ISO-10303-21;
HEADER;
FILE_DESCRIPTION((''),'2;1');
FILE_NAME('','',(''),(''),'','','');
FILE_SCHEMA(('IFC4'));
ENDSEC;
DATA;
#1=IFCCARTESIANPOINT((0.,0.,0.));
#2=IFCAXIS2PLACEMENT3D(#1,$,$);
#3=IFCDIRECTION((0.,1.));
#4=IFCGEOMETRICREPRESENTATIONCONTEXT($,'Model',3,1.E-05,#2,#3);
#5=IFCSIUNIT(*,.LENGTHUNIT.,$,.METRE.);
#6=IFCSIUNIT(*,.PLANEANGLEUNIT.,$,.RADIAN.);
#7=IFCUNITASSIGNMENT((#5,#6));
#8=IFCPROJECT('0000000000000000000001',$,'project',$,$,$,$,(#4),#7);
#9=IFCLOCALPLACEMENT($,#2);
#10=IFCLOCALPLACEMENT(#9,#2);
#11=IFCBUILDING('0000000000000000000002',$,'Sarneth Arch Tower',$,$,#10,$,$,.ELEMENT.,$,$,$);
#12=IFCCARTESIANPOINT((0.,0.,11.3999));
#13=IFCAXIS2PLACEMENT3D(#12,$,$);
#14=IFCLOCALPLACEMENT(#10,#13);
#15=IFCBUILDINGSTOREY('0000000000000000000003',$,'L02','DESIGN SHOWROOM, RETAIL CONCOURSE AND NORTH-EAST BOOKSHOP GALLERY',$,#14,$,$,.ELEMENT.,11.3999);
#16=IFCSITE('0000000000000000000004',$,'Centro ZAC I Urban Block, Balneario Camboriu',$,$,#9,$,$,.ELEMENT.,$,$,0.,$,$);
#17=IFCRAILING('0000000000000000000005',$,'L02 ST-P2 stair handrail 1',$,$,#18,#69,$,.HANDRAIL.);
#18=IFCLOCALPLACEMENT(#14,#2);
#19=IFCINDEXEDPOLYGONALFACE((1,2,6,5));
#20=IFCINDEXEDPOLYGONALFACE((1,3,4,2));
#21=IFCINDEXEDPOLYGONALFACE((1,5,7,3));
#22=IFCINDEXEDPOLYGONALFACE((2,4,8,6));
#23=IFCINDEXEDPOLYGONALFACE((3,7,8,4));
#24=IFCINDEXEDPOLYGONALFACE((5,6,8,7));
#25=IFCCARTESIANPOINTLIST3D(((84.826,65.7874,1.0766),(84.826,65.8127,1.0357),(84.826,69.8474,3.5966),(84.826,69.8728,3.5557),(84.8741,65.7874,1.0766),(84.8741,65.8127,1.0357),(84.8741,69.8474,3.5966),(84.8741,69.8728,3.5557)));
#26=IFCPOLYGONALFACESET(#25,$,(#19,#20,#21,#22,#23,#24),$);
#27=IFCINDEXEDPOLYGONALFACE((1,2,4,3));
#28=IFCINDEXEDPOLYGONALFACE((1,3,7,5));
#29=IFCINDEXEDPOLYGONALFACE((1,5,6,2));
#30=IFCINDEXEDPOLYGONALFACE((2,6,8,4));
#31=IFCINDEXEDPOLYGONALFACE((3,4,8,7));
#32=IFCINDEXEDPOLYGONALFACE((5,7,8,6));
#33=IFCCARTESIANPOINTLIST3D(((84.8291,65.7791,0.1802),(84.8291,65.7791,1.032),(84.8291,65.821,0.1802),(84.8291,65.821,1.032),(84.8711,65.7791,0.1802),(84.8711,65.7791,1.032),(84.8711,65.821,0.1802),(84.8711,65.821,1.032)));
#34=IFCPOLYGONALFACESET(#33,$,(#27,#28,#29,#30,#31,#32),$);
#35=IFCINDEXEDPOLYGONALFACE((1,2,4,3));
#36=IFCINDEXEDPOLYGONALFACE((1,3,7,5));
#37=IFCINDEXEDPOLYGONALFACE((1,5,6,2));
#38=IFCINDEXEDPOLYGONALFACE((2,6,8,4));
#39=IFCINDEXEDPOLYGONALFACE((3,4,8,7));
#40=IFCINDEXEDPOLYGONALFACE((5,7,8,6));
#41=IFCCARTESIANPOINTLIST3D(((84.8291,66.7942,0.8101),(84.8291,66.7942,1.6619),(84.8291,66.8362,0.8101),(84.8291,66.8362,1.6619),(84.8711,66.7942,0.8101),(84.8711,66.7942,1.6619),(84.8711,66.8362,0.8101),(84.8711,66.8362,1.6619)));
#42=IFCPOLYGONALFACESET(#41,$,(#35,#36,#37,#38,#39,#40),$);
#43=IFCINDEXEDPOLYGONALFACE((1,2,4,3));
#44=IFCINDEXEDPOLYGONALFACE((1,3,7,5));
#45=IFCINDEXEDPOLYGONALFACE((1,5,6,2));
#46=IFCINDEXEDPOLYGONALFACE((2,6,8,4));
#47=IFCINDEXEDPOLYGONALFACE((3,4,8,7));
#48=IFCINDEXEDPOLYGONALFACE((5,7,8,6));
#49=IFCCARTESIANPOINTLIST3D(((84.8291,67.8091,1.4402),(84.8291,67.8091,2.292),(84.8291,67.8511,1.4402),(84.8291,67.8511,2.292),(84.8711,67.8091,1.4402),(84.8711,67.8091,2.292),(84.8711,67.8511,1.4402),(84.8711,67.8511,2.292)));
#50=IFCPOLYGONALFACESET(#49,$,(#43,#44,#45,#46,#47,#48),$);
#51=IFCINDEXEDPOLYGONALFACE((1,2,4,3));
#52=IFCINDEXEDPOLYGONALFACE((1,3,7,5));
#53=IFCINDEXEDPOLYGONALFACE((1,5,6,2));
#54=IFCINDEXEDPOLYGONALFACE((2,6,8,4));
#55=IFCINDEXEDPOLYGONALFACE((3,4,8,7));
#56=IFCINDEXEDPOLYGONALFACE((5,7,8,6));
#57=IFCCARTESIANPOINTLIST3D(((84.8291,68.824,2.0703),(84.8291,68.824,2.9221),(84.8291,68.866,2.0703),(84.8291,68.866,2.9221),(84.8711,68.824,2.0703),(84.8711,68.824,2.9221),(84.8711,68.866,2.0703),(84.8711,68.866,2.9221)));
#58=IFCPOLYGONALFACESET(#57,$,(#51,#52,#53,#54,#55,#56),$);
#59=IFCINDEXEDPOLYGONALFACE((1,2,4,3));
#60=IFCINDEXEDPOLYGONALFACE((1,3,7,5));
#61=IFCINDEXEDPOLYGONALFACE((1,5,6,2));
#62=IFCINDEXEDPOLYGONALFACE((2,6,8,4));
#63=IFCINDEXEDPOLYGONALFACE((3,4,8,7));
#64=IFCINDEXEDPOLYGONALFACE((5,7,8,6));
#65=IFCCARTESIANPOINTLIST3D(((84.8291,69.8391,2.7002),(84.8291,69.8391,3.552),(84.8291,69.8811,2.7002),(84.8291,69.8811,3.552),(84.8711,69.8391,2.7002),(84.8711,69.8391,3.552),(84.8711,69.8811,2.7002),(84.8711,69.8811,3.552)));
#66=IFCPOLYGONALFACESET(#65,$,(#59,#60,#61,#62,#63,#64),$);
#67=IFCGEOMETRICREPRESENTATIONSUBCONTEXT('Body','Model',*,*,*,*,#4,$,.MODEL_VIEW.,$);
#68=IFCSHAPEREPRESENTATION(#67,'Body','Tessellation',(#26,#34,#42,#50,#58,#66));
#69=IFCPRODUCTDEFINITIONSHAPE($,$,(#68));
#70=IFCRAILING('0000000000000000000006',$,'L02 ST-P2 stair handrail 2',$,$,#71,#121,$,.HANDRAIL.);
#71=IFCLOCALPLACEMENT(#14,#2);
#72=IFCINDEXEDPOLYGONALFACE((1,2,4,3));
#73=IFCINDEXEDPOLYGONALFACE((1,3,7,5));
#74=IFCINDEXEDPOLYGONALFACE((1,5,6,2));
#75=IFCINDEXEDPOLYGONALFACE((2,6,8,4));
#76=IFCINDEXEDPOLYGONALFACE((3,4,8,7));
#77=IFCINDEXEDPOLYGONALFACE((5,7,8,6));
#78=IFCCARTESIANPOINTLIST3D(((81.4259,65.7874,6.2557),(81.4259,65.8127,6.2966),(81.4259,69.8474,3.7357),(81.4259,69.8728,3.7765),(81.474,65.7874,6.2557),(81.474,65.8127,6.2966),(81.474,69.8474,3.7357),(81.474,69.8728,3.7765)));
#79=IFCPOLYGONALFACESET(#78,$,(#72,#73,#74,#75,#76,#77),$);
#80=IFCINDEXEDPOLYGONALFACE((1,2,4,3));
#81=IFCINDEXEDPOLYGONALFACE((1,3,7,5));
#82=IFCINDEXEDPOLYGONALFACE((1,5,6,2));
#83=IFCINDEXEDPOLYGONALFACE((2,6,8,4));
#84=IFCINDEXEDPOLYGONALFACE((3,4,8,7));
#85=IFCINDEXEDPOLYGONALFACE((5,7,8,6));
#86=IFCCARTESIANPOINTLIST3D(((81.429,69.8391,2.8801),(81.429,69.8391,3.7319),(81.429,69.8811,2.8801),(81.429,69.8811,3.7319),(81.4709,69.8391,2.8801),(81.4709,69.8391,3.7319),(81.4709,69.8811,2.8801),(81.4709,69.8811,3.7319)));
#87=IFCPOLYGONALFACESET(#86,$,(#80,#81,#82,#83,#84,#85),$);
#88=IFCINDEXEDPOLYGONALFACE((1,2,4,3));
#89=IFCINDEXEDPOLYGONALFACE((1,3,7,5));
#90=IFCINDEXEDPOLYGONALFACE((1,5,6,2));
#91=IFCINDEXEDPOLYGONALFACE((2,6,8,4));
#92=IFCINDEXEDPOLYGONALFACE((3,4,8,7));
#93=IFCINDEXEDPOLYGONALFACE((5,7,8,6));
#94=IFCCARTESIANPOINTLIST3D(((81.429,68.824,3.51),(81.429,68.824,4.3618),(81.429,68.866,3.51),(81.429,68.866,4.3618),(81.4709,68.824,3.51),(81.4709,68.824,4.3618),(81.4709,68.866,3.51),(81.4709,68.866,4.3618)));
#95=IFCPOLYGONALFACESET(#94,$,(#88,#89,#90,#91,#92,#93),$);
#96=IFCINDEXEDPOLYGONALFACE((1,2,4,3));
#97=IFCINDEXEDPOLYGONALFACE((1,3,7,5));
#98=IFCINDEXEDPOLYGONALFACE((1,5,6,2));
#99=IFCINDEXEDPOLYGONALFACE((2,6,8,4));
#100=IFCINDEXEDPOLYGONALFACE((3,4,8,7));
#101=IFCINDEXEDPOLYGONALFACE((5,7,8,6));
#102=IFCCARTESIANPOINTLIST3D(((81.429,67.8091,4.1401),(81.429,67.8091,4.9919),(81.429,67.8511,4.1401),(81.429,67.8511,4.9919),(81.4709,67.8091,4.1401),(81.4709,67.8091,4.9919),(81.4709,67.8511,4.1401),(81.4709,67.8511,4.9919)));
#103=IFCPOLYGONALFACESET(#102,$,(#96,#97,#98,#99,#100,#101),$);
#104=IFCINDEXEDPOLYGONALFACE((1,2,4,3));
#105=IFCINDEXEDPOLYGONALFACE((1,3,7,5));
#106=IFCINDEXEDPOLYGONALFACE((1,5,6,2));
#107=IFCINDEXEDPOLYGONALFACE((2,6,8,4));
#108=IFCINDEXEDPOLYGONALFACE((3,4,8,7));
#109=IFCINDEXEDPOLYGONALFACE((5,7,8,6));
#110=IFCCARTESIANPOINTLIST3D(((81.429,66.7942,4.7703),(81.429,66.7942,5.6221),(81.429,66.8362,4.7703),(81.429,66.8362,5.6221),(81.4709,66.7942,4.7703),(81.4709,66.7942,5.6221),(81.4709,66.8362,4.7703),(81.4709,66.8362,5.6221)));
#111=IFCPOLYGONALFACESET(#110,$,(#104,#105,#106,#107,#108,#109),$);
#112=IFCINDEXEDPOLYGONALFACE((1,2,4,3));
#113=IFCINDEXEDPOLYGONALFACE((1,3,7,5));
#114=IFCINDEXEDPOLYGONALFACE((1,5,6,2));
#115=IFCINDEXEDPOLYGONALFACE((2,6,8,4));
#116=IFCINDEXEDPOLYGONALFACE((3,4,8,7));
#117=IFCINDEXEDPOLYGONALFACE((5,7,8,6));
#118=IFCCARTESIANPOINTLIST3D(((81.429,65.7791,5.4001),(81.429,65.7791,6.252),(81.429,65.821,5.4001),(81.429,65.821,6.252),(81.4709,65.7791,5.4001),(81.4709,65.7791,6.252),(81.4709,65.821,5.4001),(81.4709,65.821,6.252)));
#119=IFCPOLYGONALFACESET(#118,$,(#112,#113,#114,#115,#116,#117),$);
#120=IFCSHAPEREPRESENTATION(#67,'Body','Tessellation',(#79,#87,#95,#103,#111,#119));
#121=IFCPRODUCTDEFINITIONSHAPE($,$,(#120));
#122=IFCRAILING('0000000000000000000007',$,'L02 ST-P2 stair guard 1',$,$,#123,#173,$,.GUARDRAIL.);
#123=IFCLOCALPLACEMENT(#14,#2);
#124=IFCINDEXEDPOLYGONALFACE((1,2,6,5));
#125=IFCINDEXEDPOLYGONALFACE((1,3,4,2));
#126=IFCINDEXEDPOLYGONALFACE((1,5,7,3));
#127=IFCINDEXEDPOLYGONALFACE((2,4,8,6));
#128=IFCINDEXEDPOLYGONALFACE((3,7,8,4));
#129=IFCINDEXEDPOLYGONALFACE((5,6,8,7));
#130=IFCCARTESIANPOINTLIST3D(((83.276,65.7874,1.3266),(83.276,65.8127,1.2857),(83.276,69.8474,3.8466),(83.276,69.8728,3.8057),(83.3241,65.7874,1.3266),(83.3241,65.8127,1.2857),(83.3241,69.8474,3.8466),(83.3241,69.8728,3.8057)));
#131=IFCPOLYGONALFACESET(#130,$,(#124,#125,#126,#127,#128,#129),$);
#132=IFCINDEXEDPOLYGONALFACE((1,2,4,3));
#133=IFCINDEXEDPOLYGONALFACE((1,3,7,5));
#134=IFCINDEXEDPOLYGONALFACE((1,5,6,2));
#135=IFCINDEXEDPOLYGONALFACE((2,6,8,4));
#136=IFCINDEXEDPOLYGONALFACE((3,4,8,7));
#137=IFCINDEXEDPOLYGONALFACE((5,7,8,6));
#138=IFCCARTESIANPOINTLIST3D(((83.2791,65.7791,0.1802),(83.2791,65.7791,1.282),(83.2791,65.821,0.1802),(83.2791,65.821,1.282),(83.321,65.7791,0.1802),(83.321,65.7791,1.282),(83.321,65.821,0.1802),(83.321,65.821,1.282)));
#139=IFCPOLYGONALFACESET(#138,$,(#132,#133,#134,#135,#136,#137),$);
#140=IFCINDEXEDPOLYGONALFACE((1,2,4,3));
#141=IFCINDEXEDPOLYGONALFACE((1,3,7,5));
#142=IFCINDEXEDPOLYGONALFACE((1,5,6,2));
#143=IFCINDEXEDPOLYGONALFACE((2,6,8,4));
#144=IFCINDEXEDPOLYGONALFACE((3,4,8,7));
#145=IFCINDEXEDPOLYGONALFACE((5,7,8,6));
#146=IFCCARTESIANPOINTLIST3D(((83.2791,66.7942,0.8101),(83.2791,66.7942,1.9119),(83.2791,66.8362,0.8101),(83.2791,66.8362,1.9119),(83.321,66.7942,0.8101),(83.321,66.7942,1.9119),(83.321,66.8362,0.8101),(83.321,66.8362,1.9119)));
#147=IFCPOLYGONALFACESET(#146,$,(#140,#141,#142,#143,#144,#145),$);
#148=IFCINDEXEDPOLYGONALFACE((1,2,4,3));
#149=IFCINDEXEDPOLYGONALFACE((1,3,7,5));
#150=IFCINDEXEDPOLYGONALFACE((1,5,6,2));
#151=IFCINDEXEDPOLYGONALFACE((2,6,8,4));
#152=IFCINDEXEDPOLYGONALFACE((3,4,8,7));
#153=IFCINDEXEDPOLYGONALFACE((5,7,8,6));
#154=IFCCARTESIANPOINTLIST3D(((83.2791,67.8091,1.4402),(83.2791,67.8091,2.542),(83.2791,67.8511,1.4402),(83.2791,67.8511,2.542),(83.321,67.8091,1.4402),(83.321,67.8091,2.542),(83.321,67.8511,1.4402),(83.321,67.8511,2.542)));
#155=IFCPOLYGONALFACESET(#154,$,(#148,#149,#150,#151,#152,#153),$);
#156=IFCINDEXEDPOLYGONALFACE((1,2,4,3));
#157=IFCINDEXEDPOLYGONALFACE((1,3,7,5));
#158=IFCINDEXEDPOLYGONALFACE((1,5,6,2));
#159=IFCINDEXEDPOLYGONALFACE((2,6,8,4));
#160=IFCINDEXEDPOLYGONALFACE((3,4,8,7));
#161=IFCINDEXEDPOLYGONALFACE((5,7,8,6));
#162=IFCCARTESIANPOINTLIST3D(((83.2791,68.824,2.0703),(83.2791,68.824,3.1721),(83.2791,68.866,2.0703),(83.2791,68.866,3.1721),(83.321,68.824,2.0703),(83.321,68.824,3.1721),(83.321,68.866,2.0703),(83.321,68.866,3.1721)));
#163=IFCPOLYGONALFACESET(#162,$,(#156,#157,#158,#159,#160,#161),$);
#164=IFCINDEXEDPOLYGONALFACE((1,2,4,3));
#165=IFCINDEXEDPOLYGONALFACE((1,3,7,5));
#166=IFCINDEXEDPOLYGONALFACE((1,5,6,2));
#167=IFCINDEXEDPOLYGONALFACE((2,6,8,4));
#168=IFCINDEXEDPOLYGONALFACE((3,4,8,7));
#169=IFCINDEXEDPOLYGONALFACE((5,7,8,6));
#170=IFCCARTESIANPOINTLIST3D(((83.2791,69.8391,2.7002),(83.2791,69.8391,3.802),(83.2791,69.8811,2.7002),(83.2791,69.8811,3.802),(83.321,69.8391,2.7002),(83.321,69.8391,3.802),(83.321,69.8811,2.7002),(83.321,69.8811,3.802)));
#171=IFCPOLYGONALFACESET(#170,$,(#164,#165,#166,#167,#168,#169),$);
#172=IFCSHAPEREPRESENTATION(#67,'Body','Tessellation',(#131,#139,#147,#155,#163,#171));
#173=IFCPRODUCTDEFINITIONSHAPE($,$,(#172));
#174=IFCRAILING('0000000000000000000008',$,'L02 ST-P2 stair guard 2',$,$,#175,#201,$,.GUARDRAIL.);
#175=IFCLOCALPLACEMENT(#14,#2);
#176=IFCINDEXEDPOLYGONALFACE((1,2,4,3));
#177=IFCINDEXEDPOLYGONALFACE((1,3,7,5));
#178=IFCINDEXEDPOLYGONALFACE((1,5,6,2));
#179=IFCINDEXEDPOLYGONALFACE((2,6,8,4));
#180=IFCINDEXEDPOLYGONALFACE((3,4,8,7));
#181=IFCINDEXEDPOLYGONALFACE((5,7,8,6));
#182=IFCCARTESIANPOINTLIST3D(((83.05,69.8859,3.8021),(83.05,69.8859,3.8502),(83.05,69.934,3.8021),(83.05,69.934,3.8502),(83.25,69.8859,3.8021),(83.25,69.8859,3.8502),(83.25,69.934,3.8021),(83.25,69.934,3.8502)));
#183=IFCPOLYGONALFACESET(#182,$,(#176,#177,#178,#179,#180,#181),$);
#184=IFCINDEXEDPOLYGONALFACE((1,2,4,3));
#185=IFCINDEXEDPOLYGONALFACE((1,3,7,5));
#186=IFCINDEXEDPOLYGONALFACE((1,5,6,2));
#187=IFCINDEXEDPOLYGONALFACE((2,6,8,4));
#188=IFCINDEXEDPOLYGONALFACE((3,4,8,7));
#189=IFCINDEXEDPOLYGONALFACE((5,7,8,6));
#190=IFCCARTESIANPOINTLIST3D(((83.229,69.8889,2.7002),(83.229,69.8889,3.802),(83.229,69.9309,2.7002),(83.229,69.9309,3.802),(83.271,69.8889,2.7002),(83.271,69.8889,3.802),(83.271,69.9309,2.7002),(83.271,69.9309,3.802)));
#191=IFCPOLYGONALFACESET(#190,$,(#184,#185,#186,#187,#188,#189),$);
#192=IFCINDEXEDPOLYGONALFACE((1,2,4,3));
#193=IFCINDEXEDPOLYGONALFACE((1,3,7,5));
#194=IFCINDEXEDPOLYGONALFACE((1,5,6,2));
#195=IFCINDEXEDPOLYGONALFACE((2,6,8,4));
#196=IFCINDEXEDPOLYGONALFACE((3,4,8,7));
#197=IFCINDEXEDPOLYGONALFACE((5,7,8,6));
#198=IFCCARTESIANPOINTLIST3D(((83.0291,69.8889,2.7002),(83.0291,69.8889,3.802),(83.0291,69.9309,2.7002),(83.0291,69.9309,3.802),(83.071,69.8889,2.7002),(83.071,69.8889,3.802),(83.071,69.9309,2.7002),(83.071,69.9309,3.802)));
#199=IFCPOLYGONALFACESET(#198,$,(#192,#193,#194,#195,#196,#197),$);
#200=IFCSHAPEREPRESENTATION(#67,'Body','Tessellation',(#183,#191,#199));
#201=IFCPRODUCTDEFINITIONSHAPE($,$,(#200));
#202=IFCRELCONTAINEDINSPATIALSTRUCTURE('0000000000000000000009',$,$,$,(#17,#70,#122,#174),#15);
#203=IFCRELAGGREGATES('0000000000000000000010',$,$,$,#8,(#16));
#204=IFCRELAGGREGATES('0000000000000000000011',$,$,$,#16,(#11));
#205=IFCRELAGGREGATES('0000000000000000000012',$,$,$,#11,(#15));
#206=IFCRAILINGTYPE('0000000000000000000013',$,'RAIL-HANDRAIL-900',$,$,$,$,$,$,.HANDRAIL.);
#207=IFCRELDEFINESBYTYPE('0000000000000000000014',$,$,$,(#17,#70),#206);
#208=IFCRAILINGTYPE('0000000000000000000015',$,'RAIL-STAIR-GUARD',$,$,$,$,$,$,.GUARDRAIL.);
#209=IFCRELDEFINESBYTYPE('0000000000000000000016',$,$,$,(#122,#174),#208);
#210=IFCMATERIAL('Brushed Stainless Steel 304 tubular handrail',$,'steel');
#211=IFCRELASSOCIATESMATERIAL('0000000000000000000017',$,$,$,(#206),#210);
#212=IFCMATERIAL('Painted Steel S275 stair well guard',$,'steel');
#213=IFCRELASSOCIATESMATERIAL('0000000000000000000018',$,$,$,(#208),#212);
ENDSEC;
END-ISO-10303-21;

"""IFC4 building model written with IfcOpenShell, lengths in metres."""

from ifc_helpers import new_model, si_unit, direction, frame, origin, origin_2d, place, context, subcontext, project, spatial, rectangle, extrude, material, type_object, element, save


model = new_model("IFC4")

# Units and contexts
model_context = context("Model", 3, precision=1e-05, world=origin(), true_north=direction((0.0, 1.0)))
body_context = subcontext(model_context, "Body", "Model", "MODEL_VIEW")
ifc_project = project(units=[si_unit("LENGTHUNIT", "METRE"), si_unit("PLANEANGLEUNIT", "RADIAN")], contexts=[model_context])

# Site, building, storey
site_placement = place(None, origin())
site = spatial("IfcSite", under=ifc_project, at=site_placement, Name="Centro ZAC I Urban Block, Balneario Camboriu", CompositionType="ELEMENT", RefElevation=0.0)
building_placement = place(site_placement, origin())
building = spatial("IfcBuilding", under=site, at=building_placement, Name="Sarneth Arch Tower", CompositionType="ELEMENT")
storey_placement = place(building_placement, frame((0.0, 0.0, 11.3999)))
storey = spatial("IfcBuildingStorey", under=building, at=storey_placement, Name="L02", Description="DESIGN SHOWROOM, RETAIL CONCOURSE AND NORTH-EAST BOOKSHOP GALLERY", CompositionType="ELEMENT", Elevation=11.3999)

# Railings
ifc_material_1 = material(Name="Brushed Stainless Steel 304 tubular handrail", Category="steel")
railing_type_1 = type_object("IfcRailingType", Name="RAIL-HANDRAIL-900", PredefinedType="HANDRAIL", material=ifc_material_1)
railing_1_placement = place(storey_placement, frame((84.8501, 65.8, 0.1802)))
element("IfcRailing", 1, at=railing_1_placement, inside=storey, type_object=railing_type_1, Name="L02 ST-P2 stair handrail 1", PredefinedType="HANDRAIL", context=body_context, shape_type="SweptSolid", body=[
    extrude(rectangle(XDim=0.0481, YDim=0.0481, at=origin_2d()), frame((0.0, 0.0, 0.876), z_axis=(0.0, 0.849642, 0.52736), x_axis=(-1.0, 0.0, 0.0)), (0.0, 0.0, 1.0), 4.7786),
    extrude(rectangle(XDim=0.042, YDim=0.042, at=origin_2d()), origin(), (0.0, 0.0, 1.0), 0.8518),
    extrude(rectangle(XDim=0.042, YDim=0.042, at=origin_2d()), frame((0.0, 1.0151, 0.6299)), (0.0, 0.0, 1.0), 0.8518),
    extrude(rectangle(XDim=0.042, YDim=0.042, at=origin_2d()), frame((0.0, 2.03, 1.26)), (0.0, 0.0, 1.0), 0.8518),
    extrude(rectangle(XDim=0.042, YDim=0.042, at=origin_2d()), frame((0.0, 3.0449, 1.8901)), (0.0, 0.0, 1.0), 0.8518),
    extrude(rectangle(XDim=0.042, YDim=0.042, at=origin_2d()), frame((0.0, 4.0601, 2.52)), (0.0, 0.0, 1.0), 0.8518),
])
railing_2_placement = place(storey_placement, frame((81.45, 69.8601, 2.8801)))
element("IfcRailing", 2, at=railing_2_placement, inside=storey, type_object=railing_type_1, Name="L02 ST-P2 stair handrail 2", PredefinedType="HANDRAIL", context=body_context, shape_type="SweptSolid", body=[
    extrude(rectangle(XDim=0.0481, YDim=0.0481, at=origin_2d()), frame((0.0, 0.0, 0.876), z_axis=(0.0, -0.849642, 0.52736), x_axis=(1.0, 0.0, 0.0)), (0.0, 0.0, 1.0), 4.7786),
    extrude(rectangle(XDim=0.042, YDim=0.042, at=origin_2d()), origin(), (0.0, 0.0, 1.0), 0.8518),
    extrude(rectangle(XDim=0.042, YDim=0.042, at=origin_2d()), frame((0.0, -1.0151, 0.6299)), (0.0, 0.0, 1.0), 0.8518),
    extrude(rectangle(XDim=0.042, YDim=0.042, at=origin_2d()), frame((0.0, -2.03, 1.26)), (0.0, 0.0, 1.0), 0.8518),
    extrude(rectangle(XDim=0.042, YDim=0.042, at=origin_2d()), frame((0.0, -3.0449, 1.8901)), (0.0, 0.0, 1.0), 0.8518),
    extrude(rectangle(XDim=0.042, YDim=0.042, at=origin_2d()), frame((0.0, -4.0601, 2.52)), (0.0, 0.0, 1.0), 0.8518),
])
ifc_material_2 = material(Name="Painted Steel S275 stair well guard", Category="steel")
railing_type_2 = type_object("IfcRailingType", Name="RAIL-STAIR-GUARD", PredefinedType="GUARDRAIL", material=ifc_material_2)
railing_3_placement = place(storey_placement, frame((83.3, 65.8, 0.1802)))
element("IfcRailing", 3, at=railing_3_placement, inside=storey, type_object=railing_type_2, Name="L02 ST-P2 stair guard 1", PredefinedType="GUARDRAIL", context=body_context, shape_type="SweptSolid", body=[
    extrude(rectangle(XDim=0.0481, YDim=0.0481, at=origin_2d()), frame((0.0, 0.0, 1.126), z_axis=(0.0, 0.849642, 0.52736), x_axis=(-1.0, 0.0, 0.0)), (0.0, 0.0, 1.0), 4.7786),
    extrude(rectangle(XDim=0.042, YDim=0.042, at=origin_2d()), origin(), (0.0, 0.0, 1.0), 1.1018),
    extrude(rectangle(XDim=0.042, YDim=0.042, at=origin_2d()), frame((0.0, 1.0151, 0.6299)), (0.0, 0.0, 1.0), 1.1018),
    extrude(rectangle(XDim=0.042, YDim=0.042, at=origin_2d()), frame((0.0, 2.03, 1.26)), (0.0, 0.0, 1.0), 1.1018),
    extrude(rectangle(XDim=0.042, YDim=0.042, at=origin_2d()), frame((0.0, 3.0449, 1.8901)), (0.0, 0.0, 1.0), 1.1018),
    extrude(rectangle(XDim=0.042, YDim=0.042, at=origin_2d()), frame((0.0, 4.0601, 2.52)), (0.0, 0.0, 1.0), 1.1018),
])
railing_4_placement = place(storey_placement, frame((83.25, 69.9099, 2.7002)))
element("IfcRailing", 4, at=railing_4_placement, inside=storey, type_object=railing_type_2, Name="L02 ST-P2 stair guard 2", PredefinedType="GUARDRAIL", context=body_context, shape_type="SweptSolid", body=[
    extrude(rectangle(XDim=0.0481, YDim=0.0481, at=origin_2d()), frame((0.0, 0.0, 1.126), z_axis=(-1.0, 0.0, 0.0), x_axis=(0.0, -1.0, 0.0)), (0.0, 0.0, 1.0), 0.2),
    extrude(rectangle(XDim=0.042, YDim=0.042, at=origin_2d()), origin(), (0.0, 0.0, 1.0), 1.1018),
    extrude(rectangle(XDim=0.042, YDim=0.042, at=origin_2d()), frame((-0.2, 0.0, 0.0)), (0.0, 0.0, 1.0), 1.1018),
])

save(model, "model.ifc")
